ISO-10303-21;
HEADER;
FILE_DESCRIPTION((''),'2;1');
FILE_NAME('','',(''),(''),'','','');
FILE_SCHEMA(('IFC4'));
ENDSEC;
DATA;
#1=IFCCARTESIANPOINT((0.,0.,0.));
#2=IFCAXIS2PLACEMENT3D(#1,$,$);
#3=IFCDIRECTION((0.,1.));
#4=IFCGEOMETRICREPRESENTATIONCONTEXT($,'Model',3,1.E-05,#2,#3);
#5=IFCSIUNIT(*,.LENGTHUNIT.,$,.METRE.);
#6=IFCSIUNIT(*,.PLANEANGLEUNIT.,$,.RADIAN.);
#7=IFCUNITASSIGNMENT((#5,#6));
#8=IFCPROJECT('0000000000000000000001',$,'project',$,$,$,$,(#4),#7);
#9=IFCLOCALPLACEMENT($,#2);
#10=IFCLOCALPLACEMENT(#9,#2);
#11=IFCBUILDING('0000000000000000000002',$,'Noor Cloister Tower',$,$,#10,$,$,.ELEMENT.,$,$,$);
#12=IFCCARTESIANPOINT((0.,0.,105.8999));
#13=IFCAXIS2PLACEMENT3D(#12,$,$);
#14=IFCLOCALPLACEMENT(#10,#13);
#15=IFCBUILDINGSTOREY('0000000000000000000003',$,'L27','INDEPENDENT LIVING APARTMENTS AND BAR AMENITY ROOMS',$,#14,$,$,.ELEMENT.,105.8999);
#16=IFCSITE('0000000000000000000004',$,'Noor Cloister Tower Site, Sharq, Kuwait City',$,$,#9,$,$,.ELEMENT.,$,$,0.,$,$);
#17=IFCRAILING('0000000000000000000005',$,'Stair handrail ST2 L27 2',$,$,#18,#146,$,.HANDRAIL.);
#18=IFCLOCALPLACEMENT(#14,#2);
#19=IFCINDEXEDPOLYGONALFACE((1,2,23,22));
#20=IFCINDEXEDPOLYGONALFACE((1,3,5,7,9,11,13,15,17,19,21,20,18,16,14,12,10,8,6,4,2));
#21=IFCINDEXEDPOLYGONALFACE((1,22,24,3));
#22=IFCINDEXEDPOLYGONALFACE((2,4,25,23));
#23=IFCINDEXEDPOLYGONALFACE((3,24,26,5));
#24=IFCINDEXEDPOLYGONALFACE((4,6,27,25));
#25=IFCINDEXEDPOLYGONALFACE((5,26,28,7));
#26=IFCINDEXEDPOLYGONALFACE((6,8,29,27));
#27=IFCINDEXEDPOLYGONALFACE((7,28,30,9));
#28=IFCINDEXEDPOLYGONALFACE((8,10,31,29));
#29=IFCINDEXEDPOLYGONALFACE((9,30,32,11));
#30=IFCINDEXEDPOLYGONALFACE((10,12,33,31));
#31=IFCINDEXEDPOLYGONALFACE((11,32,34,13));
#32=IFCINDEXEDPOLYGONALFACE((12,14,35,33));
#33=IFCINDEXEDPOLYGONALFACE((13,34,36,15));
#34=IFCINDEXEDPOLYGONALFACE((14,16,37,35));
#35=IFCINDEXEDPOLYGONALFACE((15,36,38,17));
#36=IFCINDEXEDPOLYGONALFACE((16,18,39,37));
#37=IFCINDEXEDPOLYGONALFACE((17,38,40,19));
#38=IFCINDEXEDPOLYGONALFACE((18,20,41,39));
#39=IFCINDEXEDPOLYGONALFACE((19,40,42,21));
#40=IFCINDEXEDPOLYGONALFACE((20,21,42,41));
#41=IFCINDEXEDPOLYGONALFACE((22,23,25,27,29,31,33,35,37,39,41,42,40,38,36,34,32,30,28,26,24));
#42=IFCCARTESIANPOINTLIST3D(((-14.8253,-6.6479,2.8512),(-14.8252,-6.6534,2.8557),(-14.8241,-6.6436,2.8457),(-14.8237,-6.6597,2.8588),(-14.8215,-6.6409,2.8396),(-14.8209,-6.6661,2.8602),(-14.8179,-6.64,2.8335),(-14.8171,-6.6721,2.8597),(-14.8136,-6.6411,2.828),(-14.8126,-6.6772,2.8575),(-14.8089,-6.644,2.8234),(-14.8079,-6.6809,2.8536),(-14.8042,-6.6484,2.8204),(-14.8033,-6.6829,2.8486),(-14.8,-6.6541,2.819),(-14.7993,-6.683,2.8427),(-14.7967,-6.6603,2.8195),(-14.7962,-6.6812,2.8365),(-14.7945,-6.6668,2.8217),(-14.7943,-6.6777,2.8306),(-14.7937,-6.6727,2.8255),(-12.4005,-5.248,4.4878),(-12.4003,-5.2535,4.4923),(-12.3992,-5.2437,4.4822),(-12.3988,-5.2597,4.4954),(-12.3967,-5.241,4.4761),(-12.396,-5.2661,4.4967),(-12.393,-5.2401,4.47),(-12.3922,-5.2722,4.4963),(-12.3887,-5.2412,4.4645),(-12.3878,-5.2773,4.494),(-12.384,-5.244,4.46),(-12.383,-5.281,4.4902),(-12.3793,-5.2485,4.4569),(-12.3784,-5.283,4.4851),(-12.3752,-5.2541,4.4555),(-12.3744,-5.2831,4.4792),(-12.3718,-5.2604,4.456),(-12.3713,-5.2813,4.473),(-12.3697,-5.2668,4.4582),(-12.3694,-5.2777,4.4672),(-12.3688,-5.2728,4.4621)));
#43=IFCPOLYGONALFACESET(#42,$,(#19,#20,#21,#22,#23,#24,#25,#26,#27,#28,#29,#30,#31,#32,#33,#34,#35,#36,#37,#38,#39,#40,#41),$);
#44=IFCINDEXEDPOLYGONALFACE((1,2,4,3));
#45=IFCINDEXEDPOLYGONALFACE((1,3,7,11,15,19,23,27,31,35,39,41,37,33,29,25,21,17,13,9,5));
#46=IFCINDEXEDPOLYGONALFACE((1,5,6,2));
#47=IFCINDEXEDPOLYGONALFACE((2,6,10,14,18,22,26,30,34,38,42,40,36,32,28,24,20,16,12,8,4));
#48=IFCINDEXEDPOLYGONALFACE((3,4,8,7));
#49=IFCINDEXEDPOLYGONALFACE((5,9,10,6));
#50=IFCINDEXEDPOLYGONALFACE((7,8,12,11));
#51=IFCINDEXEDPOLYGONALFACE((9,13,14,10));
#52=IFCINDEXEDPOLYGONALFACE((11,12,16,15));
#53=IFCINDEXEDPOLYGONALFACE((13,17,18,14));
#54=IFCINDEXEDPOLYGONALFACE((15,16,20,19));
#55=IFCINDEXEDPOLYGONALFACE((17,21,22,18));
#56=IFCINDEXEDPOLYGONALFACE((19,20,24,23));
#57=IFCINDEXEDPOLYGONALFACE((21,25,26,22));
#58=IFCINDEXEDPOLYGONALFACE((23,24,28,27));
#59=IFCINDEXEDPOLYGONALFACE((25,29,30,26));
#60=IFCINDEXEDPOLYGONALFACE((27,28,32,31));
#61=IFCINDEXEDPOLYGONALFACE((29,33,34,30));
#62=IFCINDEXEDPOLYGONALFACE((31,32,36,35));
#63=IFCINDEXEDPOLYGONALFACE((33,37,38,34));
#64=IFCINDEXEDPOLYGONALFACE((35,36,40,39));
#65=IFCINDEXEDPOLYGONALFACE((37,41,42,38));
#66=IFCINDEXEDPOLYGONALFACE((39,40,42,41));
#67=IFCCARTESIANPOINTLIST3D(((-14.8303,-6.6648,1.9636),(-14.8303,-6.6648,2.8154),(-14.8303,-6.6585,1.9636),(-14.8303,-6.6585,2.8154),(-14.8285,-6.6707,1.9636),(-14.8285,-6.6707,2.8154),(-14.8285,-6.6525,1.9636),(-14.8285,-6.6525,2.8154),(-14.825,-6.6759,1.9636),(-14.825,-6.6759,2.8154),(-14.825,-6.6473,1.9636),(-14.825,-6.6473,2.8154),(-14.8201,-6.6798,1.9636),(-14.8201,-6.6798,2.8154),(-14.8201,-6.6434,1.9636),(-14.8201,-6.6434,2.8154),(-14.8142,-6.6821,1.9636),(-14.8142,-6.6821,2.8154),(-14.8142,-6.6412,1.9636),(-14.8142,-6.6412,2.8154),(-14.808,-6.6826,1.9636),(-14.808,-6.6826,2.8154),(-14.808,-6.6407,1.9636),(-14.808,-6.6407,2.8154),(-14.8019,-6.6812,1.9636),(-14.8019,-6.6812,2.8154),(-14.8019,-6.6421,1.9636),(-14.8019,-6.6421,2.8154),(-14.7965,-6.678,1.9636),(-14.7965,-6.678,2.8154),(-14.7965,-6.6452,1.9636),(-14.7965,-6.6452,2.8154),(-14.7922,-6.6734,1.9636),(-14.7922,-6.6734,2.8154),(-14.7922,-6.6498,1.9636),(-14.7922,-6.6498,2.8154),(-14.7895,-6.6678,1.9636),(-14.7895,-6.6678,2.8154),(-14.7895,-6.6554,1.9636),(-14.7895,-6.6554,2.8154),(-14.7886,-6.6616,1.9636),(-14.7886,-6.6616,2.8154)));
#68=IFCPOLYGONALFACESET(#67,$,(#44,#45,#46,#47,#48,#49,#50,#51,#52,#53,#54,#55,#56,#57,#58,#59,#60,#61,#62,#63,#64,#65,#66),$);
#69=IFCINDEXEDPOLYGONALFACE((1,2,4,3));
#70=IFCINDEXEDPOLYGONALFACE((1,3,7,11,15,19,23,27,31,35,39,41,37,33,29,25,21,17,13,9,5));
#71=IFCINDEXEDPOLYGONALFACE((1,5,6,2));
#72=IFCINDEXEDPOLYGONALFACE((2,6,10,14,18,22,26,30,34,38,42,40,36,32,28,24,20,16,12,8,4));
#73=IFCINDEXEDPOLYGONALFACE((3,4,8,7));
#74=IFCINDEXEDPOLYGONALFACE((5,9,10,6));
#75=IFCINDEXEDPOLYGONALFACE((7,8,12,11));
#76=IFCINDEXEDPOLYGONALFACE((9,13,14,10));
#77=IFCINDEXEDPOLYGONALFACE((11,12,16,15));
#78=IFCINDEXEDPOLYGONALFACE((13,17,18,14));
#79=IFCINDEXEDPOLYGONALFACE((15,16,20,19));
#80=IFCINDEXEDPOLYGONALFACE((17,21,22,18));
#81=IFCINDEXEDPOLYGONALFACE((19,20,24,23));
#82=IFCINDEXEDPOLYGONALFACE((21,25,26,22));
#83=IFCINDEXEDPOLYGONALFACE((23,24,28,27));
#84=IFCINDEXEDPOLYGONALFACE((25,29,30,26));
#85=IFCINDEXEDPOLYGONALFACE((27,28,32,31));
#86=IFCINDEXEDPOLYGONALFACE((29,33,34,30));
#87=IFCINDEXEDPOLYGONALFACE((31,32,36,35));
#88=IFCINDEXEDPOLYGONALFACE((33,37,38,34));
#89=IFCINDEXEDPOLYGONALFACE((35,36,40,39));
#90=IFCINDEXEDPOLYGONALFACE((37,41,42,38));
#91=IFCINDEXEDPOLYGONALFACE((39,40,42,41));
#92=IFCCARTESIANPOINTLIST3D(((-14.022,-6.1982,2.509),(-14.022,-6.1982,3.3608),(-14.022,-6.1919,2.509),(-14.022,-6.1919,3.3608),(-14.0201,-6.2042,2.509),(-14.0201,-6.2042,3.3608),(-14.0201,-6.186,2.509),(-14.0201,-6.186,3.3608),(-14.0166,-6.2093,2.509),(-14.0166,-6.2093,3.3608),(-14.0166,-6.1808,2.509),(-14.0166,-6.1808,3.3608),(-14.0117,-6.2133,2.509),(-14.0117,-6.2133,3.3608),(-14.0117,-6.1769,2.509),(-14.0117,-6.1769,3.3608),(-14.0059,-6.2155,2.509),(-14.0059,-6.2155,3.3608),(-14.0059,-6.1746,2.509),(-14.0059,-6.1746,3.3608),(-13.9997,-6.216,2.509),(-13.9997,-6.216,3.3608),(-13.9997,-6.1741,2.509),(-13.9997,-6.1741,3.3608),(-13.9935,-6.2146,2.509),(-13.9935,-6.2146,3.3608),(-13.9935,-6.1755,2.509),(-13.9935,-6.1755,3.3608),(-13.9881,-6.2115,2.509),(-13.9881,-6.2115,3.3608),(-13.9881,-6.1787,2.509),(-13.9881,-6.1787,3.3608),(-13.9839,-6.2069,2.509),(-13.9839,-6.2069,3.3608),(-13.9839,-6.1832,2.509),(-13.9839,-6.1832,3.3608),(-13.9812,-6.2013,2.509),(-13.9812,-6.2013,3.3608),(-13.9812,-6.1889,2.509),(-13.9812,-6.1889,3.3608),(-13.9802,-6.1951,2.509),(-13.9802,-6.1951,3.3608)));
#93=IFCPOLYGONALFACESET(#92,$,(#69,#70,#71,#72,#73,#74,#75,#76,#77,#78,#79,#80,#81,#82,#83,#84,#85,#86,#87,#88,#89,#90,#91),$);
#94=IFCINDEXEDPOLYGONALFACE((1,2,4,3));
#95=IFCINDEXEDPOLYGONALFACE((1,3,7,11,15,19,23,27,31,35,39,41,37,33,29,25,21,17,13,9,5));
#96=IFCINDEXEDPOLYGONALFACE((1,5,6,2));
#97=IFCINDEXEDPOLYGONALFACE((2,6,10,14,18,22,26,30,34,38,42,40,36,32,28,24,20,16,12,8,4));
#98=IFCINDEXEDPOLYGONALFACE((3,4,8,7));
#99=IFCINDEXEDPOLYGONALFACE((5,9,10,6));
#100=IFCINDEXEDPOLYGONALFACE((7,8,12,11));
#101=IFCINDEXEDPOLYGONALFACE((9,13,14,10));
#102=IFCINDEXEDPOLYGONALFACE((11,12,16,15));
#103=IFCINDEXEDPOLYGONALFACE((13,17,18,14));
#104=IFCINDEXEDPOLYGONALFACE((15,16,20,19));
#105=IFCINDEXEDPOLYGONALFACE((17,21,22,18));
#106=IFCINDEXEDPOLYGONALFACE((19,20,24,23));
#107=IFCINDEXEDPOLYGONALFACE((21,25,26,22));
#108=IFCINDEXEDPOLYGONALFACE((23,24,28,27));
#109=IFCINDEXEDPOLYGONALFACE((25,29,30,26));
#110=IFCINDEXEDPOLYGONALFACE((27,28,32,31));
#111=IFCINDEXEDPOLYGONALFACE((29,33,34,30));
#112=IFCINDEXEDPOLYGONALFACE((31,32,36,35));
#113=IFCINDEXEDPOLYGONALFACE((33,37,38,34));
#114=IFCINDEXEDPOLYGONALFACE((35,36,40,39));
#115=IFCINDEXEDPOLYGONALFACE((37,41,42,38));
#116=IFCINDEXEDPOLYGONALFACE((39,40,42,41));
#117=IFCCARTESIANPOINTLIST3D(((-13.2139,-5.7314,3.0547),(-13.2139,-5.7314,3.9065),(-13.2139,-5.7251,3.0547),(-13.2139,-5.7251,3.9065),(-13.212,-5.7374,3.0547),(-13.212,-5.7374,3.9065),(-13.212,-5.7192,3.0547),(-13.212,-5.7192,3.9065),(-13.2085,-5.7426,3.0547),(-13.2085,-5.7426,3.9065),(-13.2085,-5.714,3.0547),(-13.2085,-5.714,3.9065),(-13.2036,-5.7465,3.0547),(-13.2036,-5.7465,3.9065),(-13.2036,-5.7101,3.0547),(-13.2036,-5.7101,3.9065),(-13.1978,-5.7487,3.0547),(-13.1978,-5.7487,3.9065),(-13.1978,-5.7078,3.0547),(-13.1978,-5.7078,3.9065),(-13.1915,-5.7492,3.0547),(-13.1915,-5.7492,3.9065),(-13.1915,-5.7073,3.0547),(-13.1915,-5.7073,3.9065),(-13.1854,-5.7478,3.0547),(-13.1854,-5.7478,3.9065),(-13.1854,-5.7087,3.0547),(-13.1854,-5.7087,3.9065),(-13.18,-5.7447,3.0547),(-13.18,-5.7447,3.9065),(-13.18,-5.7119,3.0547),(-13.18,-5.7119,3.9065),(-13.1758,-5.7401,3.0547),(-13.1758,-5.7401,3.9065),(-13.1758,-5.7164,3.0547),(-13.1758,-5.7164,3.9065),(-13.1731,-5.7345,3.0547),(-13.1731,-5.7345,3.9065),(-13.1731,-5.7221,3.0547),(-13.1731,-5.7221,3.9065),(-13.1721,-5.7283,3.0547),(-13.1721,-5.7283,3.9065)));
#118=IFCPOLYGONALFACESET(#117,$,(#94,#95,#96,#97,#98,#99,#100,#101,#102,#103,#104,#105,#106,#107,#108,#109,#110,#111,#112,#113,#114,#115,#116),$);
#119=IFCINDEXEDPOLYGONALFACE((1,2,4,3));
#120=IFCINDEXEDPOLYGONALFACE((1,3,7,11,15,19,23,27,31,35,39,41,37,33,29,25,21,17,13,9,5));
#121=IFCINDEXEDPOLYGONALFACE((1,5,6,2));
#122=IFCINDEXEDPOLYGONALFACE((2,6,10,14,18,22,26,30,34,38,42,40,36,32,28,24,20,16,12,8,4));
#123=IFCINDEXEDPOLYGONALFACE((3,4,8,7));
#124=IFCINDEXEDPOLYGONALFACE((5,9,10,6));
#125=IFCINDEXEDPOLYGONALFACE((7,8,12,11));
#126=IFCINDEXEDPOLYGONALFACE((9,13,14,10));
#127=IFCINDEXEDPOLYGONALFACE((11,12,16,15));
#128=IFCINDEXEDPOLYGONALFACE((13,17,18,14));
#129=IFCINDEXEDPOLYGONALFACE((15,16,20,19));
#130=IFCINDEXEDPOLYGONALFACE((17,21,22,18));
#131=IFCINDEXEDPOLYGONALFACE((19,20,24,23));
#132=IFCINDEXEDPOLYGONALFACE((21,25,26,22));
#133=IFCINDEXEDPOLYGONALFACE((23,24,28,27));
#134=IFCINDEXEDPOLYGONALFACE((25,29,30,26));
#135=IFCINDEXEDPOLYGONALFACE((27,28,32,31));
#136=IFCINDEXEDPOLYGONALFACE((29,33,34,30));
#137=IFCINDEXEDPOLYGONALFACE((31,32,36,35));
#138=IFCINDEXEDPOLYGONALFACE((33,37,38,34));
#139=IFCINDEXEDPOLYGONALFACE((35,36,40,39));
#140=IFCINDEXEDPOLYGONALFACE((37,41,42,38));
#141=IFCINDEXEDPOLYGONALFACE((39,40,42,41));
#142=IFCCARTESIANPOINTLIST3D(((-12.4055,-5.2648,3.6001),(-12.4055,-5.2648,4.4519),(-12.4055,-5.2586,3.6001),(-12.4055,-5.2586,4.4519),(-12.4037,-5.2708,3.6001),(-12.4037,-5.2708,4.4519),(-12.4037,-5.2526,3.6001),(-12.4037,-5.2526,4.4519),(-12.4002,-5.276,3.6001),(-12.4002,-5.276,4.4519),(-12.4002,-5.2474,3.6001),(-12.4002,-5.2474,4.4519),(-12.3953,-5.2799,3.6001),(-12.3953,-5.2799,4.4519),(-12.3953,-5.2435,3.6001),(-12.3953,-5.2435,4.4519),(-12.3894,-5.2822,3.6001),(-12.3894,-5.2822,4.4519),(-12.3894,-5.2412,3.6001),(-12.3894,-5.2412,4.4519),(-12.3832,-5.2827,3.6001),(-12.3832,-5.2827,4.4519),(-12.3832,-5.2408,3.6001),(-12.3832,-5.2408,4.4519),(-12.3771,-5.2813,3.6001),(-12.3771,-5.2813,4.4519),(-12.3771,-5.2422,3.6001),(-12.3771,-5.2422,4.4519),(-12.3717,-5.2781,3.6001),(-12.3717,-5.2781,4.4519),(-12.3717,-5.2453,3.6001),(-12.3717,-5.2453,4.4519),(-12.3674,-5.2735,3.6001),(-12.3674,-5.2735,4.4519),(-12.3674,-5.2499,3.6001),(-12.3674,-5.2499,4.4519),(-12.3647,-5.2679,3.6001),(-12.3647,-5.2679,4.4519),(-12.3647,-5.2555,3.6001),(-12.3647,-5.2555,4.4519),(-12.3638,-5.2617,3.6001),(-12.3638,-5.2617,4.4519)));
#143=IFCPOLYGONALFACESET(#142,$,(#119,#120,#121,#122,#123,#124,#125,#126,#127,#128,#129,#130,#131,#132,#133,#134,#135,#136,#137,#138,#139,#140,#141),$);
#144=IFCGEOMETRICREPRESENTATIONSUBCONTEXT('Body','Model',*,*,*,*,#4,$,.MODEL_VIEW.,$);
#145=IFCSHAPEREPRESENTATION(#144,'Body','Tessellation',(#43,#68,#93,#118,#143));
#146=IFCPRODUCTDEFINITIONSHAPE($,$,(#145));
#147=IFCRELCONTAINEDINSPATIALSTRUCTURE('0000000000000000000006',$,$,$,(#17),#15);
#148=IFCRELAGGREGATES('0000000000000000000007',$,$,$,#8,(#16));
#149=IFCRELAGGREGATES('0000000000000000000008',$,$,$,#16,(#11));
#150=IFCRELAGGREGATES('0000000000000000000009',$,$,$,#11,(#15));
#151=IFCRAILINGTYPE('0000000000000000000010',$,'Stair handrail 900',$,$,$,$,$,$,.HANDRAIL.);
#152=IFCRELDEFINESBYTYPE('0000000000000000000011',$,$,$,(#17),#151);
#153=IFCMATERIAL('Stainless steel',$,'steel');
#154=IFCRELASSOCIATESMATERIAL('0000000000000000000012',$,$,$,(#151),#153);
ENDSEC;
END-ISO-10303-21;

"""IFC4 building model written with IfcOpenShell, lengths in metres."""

from ifc_helpers import new_model, si_unit, direction, frame, origin, origin_2d, place, context, subcontext, project, spatial, circle, extrude, material, type_object, element, save


model = new_model("IFC4")

# Units and contexts
model_context = context("Model", 3, precision=1e-05, world=origin(), true_north=direction((0.0, 1.0)))
body_context = subcontext(model_context, "Body", "Model", "MODEL_VIEW")
ifc_project = project(units=[si_unit("LENGTHUNIT", "METRE"), si_unit("PLANEANGLEUNIT", "RADIAN")], contexts=[model_context])

# Site, building, storey
site_placement = place(None, origin())
site = spatial("IfcSite", under=ifc_project, at=site_placement, Name="Noor Cloister Tower Site, Sharq, Kuwait City", CompositionType="ELEMENT", RefElevation=0.0)
building_placement = place(site_placement, origin())
building = spatial("IfcBuilding", under=site, at=building_placement, Name="Noor Cloister Tower", CompositionType="ELEMENT")
storey_placement = place(building_placement, frame((0.0, 0.0, 105.8999)))
storey = spatial("IfcBuildingStorey", under=building, at=storey_placement, Name="L27", Description="INDEPENDENT LIVING APARTMENTS AND BAR AMENITY ROOMS", CompositionType="ELEMENT", Elevation=105.8999)

# Railing
ifc_material_1 = material(Name="Stainless steel", Category="steel")
railing_type_1 = type_object("IfcRailingType", Name="Stair handrail 900", PredefinedType="HANDRAIL", material=ifc_material_1)
railing_1_placement = place(storey_placement, frame((-14.8096, -6.6616, 1.9636)))
element("IfcRailing", 1, at=railing_1_placement, inside=storey, type_object=railing_type_1, Name="Stair handrail ST2 L27 2", PredefinedType="HANDRAIL", context=body_context, shape_type="SweptSolid", body=[
    extrude(circle(Radius=0.0239, at=origin_2d()), frame((0.0, 0.0, 0.876), z_axis=(0.74769, 0.431661, 0.504608), x_axis=(-0.499984, 0.866035, 0.0)), (0.0, 0.0, 1.0), 3.2432),
    extrude(circle(Radius=0.021, at=origin_2d()), origin(), (0.0, 0.0, 1.0), 0.8518),
    extrude(circle(Radius=0.021, at=origin_2d()), frame((0.8083, 0.4666, 0.5454)), (0.0, 0.0, 1.0), 0.8518),
    extrude(circle(Radius=0.021, at=origin_2d()), frame((1.6165, 0.9333, 1.0911)), (0.0, 0.0, 1.0), 0.8518),
    extrude(circle(Radius=0.021, at=origin_2d()), frame((2.4248, 1.3999, 1.6365)), (0.0, 0.0, 1.0), 0.8518),
])

save(model, "model.ifc")
